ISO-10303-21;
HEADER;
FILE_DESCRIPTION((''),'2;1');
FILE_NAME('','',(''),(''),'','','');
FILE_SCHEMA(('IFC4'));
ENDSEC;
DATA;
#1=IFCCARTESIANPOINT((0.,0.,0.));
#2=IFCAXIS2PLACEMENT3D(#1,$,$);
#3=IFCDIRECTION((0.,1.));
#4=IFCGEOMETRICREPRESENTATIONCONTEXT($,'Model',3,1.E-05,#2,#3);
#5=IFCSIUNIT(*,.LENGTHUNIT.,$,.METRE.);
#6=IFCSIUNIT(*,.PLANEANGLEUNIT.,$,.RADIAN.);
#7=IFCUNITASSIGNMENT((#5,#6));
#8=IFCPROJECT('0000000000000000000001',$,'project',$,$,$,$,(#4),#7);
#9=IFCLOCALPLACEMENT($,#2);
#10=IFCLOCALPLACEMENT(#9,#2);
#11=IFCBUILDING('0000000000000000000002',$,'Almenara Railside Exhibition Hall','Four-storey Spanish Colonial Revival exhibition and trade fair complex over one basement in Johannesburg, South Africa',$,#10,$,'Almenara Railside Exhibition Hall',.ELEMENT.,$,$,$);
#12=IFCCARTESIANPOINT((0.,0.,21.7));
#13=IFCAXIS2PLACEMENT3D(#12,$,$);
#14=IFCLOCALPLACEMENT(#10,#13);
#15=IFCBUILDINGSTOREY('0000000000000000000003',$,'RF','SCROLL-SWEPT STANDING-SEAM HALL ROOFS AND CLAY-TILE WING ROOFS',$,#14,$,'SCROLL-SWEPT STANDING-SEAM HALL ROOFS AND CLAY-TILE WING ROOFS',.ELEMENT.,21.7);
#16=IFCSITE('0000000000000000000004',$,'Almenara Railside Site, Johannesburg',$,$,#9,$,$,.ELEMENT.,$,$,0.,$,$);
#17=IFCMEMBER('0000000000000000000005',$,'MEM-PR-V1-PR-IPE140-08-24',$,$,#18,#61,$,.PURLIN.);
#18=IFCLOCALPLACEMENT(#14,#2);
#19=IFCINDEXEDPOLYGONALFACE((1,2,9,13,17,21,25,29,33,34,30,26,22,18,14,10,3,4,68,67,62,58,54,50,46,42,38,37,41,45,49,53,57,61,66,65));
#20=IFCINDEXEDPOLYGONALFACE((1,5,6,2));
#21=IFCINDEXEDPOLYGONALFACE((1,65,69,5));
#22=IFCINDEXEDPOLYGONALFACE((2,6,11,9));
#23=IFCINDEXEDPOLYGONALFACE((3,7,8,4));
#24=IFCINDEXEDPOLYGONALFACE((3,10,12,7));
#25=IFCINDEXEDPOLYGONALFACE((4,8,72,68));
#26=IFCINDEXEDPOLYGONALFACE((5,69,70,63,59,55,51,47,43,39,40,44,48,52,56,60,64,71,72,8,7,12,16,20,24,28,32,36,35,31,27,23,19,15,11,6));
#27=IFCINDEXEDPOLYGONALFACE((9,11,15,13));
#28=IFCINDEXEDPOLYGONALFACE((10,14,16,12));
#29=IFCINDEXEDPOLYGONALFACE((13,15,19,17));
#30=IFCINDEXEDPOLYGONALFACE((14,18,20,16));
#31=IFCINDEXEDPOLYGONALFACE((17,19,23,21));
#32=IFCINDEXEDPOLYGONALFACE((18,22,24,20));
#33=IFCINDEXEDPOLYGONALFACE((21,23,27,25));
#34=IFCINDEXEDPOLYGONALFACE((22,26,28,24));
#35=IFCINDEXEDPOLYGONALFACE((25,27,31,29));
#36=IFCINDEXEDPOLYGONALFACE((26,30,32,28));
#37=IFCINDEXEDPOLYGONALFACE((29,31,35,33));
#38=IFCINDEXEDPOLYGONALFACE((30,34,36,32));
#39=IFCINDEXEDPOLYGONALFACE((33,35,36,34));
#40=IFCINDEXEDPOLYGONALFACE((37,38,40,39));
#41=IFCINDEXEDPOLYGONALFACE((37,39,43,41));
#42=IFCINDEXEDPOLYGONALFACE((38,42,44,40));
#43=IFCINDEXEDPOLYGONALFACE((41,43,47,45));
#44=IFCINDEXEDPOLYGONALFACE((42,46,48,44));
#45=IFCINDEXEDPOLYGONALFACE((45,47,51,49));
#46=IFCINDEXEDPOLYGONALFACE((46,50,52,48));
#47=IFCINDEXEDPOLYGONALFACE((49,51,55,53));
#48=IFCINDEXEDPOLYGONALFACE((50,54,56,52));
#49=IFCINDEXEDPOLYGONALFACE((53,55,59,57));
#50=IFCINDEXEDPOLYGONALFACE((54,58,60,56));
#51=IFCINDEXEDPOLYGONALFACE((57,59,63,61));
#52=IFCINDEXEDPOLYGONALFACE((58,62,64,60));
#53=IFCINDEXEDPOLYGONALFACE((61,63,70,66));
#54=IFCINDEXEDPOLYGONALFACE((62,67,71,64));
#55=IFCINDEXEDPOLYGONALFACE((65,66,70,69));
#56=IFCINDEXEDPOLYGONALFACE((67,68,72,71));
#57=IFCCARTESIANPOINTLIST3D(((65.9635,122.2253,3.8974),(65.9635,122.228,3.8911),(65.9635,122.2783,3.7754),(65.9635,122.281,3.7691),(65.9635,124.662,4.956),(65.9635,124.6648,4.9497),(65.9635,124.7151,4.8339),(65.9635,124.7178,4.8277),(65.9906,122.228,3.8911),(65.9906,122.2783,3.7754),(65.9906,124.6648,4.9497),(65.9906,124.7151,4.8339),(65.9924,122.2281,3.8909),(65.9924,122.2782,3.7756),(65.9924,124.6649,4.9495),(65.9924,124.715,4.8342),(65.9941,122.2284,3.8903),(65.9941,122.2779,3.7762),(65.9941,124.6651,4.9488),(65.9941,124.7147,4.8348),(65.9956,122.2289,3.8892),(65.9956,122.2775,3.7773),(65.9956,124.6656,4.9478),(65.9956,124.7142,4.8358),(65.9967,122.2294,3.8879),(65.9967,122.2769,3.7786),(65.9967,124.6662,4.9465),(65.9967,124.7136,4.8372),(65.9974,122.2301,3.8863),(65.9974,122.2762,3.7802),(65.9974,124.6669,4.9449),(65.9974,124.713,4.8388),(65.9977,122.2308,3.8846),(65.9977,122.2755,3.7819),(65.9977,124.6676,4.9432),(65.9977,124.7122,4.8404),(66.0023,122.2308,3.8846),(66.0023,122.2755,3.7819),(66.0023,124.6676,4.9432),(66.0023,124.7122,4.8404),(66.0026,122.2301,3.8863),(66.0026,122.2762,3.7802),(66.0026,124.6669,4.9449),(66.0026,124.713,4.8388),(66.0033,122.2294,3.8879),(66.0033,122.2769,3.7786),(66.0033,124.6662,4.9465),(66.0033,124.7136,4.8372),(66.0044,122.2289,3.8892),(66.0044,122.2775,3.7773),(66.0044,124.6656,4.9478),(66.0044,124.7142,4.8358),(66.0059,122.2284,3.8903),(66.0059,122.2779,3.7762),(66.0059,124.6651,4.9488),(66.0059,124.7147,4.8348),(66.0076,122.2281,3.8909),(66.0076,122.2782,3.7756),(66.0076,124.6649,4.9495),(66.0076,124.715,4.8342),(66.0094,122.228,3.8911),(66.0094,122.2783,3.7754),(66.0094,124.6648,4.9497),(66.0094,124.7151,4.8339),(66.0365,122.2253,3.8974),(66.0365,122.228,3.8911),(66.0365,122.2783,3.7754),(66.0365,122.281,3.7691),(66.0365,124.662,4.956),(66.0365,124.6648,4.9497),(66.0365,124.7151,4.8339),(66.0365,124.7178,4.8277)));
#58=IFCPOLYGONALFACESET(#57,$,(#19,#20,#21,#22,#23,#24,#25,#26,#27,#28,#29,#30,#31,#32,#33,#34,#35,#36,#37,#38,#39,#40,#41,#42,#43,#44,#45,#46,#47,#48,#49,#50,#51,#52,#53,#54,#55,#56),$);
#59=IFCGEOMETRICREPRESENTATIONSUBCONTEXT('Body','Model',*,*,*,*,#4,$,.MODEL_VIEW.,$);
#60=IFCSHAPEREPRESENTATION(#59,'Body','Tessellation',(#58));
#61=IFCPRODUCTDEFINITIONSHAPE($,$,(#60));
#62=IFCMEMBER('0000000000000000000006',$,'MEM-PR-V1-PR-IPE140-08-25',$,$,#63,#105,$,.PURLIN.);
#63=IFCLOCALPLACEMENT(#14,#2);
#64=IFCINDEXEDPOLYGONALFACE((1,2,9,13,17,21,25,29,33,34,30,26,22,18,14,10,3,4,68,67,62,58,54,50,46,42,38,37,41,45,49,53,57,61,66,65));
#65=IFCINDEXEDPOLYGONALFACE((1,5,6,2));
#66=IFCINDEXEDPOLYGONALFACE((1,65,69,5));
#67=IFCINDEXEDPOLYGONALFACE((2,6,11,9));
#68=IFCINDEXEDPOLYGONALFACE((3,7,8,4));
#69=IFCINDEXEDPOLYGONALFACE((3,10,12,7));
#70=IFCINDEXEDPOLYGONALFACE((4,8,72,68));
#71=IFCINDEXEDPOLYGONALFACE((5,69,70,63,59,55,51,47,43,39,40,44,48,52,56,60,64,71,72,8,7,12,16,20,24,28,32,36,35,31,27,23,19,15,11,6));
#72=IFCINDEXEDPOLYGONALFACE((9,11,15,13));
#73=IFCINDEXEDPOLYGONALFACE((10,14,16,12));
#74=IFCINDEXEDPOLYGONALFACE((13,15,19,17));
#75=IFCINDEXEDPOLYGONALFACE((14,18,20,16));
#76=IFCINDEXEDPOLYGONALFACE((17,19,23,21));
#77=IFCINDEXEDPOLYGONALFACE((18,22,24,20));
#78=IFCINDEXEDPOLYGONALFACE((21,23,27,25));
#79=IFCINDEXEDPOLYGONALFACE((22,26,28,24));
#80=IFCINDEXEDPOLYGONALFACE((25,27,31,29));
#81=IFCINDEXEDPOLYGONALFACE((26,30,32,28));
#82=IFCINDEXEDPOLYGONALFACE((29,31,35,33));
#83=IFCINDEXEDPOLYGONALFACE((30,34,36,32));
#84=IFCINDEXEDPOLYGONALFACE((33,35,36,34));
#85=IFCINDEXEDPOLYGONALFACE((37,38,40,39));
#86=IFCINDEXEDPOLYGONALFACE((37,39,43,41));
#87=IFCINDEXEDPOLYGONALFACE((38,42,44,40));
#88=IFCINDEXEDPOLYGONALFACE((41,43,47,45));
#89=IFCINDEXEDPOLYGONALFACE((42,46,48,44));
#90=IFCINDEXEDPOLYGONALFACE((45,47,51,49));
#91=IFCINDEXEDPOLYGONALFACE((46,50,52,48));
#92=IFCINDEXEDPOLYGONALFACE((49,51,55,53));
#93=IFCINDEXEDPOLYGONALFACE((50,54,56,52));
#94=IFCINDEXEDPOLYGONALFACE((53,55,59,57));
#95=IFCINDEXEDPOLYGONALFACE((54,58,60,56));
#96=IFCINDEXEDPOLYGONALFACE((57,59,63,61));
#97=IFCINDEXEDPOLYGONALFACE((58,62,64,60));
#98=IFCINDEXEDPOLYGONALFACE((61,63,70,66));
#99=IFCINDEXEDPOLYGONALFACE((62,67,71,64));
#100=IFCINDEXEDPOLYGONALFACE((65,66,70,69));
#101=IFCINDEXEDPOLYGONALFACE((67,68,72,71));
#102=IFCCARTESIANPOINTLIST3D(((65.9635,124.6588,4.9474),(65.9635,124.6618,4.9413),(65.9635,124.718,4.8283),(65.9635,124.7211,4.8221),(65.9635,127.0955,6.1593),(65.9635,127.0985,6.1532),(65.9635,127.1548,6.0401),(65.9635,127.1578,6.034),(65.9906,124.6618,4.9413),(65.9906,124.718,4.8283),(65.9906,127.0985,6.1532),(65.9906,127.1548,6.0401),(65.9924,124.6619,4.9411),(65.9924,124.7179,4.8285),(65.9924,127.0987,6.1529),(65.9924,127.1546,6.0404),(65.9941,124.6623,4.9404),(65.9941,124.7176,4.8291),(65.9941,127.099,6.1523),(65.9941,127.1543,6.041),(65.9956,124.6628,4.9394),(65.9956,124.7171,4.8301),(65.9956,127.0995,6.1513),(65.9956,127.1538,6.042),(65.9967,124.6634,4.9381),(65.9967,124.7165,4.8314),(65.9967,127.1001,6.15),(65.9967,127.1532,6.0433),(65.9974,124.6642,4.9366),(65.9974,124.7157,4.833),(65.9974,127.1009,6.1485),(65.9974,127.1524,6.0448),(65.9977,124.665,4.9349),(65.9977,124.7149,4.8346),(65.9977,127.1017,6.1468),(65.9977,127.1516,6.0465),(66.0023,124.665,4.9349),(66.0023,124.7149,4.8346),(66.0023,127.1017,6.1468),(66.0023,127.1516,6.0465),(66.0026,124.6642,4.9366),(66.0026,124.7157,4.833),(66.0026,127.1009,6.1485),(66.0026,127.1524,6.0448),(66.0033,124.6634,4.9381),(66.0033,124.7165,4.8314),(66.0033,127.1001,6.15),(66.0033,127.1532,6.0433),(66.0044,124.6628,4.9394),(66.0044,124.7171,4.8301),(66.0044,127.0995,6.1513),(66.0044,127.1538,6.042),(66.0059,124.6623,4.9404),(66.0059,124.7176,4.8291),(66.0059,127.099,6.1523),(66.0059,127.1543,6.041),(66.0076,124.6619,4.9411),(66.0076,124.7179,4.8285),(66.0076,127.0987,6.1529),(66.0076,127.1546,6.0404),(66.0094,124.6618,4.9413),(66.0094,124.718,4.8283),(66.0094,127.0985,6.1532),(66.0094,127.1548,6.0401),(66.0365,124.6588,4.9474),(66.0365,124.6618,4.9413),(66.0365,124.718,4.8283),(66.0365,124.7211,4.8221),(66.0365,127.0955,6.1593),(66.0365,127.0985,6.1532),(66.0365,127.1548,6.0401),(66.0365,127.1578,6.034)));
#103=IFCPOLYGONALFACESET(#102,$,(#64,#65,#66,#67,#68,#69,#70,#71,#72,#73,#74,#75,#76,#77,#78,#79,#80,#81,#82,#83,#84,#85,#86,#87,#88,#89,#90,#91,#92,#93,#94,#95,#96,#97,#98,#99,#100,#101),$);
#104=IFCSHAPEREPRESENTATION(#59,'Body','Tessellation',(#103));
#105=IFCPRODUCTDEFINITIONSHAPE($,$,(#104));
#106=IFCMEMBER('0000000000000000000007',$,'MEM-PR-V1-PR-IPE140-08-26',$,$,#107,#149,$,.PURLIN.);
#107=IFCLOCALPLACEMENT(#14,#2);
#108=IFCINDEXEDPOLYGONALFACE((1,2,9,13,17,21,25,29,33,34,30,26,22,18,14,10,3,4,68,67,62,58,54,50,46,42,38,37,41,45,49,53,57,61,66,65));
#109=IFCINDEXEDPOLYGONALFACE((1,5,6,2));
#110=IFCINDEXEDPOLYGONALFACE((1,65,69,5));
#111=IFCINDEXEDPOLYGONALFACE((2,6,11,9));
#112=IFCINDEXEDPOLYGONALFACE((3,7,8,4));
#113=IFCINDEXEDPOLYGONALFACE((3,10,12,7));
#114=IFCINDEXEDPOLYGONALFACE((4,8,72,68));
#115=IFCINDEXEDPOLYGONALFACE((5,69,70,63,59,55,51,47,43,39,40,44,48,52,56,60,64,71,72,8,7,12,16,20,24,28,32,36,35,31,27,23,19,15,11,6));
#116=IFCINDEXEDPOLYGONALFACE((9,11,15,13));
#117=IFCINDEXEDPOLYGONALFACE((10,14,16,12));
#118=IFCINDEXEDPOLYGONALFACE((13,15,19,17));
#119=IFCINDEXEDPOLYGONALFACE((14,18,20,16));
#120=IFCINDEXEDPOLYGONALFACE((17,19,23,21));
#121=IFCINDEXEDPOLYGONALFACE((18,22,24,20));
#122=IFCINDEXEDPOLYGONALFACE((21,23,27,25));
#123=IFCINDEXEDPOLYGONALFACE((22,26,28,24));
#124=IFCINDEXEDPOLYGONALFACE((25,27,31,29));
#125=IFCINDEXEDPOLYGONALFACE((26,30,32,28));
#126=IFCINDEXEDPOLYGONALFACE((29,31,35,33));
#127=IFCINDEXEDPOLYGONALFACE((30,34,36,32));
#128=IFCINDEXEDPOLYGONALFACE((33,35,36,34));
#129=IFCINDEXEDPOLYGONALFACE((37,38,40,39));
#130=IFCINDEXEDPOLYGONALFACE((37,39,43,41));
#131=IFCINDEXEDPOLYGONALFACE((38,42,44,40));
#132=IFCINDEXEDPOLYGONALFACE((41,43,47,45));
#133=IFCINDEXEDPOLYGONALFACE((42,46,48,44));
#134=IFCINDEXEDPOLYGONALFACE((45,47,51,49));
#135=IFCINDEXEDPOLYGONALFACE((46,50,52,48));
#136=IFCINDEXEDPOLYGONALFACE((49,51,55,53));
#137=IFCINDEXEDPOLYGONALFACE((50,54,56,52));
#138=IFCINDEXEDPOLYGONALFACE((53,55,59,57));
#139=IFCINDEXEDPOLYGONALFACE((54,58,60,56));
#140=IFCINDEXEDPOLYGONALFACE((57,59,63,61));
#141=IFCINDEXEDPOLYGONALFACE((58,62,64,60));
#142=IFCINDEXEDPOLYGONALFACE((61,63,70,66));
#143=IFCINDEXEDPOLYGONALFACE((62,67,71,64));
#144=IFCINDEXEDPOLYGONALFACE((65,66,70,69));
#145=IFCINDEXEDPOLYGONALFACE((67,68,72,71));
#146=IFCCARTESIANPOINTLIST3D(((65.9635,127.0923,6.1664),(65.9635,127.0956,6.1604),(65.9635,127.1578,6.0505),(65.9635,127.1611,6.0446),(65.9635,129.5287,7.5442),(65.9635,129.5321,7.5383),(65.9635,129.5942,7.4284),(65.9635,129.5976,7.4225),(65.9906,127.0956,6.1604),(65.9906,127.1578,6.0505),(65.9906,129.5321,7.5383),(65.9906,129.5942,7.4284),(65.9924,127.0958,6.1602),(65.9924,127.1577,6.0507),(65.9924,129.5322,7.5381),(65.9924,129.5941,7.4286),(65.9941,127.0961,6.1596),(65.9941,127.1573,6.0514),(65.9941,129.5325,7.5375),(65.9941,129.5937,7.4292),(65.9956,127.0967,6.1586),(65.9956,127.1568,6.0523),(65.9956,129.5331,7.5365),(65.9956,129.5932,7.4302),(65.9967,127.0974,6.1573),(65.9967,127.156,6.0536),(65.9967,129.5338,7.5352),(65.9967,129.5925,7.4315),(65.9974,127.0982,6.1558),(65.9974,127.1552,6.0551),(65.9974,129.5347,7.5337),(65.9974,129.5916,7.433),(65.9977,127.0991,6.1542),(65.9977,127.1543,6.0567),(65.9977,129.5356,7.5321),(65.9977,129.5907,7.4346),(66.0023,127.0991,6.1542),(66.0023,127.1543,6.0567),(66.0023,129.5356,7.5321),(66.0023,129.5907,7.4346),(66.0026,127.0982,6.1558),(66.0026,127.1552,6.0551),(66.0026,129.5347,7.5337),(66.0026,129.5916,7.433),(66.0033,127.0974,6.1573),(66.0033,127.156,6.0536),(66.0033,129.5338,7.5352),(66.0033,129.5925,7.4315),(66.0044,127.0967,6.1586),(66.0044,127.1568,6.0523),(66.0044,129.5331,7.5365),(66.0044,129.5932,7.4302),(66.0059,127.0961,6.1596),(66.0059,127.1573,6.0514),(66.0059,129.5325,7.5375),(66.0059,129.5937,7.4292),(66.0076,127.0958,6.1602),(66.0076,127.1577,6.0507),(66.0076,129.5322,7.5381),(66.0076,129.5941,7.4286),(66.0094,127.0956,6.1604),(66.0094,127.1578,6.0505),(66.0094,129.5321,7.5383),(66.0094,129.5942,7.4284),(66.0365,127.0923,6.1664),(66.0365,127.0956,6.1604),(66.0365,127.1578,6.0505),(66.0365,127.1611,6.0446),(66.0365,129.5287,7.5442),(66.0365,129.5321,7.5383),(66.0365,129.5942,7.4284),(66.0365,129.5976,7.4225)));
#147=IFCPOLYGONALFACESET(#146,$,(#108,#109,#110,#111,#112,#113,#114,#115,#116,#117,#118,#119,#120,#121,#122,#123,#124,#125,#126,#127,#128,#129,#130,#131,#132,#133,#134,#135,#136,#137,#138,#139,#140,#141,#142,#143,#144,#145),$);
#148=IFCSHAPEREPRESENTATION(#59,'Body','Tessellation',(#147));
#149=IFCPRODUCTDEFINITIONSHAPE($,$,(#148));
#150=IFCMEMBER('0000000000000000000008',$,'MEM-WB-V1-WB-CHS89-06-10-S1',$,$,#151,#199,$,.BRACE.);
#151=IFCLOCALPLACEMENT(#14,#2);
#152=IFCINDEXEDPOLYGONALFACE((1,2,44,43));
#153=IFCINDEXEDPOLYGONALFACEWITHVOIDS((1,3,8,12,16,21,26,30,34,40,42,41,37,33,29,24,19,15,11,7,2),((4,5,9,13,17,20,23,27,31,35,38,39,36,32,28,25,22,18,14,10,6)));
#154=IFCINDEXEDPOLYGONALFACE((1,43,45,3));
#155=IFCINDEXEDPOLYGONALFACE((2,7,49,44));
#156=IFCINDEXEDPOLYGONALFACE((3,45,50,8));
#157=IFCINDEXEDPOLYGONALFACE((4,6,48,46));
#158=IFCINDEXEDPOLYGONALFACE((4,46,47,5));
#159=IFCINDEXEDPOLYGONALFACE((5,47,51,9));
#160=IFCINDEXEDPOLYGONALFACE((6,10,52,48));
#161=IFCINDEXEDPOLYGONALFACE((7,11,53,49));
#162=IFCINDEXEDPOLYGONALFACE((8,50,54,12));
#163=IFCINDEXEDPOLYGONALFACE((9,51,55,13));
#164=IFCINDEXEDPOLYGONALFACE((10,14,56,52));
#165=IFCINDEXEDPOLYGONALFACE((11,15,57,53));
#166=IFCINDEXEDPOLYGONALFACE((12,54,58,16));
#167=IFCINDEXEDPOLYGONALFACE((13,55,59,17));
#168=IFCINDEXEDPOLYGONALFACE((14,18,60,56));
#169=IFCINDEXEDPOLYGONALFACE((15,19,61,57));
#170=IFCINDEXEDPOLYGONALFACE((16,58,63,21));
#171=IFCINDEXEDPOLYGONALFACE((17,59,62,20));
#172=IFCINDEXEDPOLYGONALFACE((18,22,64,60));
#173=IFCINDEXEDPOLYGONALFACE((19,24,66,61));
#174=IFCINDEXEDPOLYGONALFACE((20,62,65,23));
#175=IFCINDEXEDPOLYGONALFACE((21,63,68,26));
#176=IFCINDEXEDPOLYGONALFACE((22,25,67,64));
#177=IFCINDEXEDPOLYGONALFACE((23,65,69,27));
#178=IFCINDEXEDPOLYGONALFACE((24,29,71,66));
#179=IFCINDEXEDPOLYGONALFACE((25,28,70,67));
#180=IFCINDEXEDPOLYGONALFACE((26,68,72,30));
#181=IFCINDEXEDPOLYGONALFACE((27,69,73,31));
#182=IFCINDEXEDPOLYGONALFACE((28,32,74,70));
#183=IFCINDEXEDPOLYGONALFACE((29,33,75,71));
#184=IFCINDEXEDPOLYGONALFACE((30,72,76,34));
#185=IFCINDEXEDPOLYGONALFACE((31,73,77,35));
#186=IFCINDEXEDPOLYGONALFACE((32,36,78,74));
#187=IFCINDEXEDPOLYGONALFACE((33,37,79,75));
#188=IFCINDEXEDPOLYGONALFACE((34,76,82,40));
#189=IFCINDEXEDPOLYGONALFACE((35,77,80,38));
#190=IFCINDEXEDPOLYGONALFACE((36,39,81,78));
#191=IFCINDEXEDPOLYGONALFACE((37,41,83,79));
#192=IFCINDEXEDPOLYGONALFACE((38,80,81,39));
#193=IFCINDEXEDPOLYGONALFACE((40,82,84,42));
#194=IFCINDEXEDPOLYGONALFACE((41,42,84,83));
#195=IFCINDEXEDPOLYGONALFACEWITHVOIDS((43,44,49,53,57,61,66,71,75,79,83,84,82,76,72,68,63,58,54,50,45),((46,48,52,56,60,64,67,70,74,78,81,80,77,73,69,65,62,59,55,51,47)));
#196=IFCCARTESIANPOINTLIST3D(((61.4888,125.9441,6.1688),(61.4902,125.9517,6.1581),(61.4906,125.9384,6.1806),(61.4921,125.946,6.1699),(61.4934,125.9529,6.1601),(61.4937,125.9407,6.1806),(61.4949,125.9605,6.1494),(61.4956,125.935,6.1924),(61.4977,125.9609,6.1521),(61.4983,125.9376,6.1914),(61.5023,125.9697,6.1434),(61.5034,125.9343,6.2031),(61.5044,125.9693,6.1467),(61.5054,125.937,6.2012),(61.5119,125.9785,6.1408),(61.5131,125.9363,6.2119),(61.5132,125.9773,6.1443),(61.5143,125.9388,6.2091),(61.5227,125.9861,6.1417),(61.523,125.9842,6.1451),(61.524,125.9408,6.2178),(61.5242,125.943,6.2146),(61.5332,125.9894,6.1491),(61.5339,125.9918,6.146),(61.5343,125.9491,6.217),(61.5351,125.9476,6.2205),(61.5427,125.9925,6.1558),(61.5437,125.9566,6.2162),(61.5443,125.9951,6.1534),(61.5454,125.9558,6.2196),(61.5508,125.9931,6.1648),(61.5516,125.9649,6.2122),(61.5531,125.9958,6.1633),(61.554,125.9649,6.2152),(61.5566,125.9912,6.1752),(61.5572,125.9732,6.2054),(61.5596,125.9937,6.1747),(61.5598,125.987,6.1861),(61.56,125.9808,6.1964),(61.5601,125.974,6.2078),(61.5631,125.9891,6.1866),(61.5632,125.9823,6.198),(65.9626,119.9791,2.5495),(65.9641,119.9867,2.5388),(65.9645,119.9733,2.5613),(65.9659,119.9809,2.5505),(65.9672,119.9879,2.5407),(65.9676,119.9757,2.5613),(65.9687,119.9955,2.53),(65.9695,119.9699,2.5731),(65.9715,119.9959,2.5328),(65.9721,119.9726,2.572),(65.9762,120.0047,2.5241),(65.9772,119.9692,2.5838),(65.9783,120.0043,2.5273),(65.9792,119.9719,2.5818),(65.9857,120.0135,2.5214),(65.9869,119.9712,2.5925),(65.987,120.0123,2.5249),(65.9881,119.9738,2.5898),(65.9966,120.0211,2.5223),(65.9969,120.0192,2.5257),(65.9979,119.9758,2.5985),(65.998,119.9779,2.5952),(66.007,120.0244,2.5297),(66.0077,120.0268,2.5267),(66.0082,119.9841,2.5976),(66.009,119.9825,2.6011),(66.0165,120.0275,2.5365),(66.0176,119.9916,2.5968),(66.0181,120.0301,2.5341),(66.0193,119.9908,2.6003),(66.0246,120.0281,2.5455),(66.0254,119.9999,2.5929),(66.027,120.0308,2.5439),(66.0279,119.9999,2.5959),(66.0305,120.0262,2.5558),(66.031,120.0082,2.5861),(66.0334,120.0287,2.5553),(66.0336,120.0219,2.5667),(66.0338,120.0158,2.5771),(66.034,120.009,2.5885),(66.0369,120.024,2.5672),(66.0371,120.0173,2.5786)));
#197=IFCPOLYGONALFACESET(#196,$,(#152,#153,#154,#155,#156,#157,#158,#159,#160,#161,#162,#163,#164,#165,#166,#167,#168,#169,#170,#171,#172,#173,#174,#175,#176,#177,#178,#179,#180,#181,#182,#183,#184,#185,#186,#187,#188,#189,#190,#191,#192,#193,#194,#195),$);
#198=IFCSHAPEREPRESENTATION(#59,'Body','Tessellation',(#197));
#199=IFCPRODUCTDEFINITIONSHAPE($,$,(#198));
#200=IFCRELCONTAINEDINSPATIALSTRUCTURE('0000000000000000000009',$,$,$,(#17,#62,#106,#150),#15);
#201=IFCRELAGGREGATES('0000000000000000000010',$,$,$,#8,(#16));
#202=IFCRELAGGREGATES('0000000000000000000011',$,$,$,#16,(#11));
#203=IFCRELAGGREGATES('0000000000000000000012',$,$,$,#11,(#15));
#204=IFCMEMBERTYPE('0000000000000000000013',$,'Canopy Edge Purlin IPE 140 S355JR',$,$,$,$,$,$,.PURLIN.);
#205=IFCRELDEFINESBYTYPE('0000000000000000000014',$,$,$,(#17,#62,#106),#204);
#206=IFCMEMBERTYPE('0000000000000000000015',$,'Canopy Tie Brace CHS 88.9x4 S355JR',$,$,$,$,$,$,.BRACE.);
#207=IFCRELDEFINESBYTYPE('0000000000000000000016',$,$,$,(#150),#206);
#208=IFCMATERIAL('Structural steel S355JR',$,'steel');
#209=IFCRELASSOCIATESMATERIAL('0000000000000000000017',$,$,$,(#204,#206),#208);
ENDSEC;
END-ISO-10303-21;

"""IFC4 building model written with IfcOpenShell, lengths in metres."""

from ifc_helpers import new_model, si_unit, direction, frame, origin, origin_2d, place, context, subcontext, project, spatial, hollow_circle, i_section, extrude, material, material_profile, profile_set, type_object, element, save


model = new_model("IFC4")

# Units and contexts
model_context = context("Model", 3, precision=1e-05, world=origin(), true_north=direction((0.0, 1.0)))
body_context = subcontext(model_context, "Body", "Model", "MODEL_VIEW")
ifc_project = project(units=[si_unit("LENGTHUNIT", "METRE"), si_unit("PLANEANGLEUNIT", "RADIAN")], contexts=[model_context])

# Site, building, storey
site_placement = place(None, origin())
site = spatial("IfcSite", under=ifc_project, at=site_placement, Name="Almenara Railside Site, Johannesburg", CompositionType="ELEMENT", RefElevation=0.0)
building_placement = place(site_placement, origin())
building = spatial("IfcBuilding", under=site, at=building_placement, Name="Almenara Railside Exhibition Hall", Description="Four-storey Spanish Colonial Revival exhibition and trade fair complex over one basement in Johannesburg, South Africa", LongName="Almenara Railside Exhibition Hall", CompositionType="ELEMENT")
storey_placement = place(building_placement, frame((0.0, 0.0, 21.7)))
storey = spatial("IfcBuildingStorey", under=building, at=storey_placement, Name="RF", Description="SCROLL-SWEPT STANDING-SEAM HALL ROOFS AND CLAY-TILE WING ROOFS", LongName="SCROLL-SWEPT STANDING-SEAM HALL ROOFS AND CLAY-TILE WING ROOFS", CompositionType="ELEMENT", Elevation=21.7)

# Members
ifc_material_1 = material(Name="Structural steel S355JR", Category="steel")
ifc_material_profile_1 = material_profile(ifc_material_1, i_section(OverallWidth=0.073, OverallDepth=0.1399, WebThickness=0.0046, FlangeThickness=0.0068, FilletRadius=0.0071, at=origin_2d()), Name="IPE 140")
ifc_profile_set_1 = profile_set([ifc_material_profile_1], Name="Structural steel S355JR")
member_type_1 = type_object("IfcMemberType", Name="Canopy Edge Purlin IPE 140 S355JR", PredefinedType="PURLIN", material=ifc_profile_set_1)
member_1_placement = place(storey_placement, frame((66.0, 122.2532, 3.8333), z_axis=(0.0, 0.91719, 0.398451), x_axis=(-1.0, 0.0, 0.0)))
element("IfcMember", 1, at=member_1_placement, inside=storey, type_object=member_type_1, Name="MEM-PR-V1-PR-IPE140-08-24", PredefinedType="PURLIN", context=body_context, shape_type="SweptSolid", body=[
    extrude(i_section(OverallWidth=0.073, OverallDepth=0.1399, WebThickness=0.0046, FlangeThickness=0.0068, FilletRadius=0.0071, at=origin_2d()), origin(), (0.0, 0.0, 1.0), 2.6567),
])
member_2_placement = place(storey_placement, frame((66.0, 124.6899, 4.8848), z_axis=(0.0, 0.895376, 0.445311), x_axis=(-1.0, 0.0, 0.0)))
element("IfcMember", 2, at=member_2_placement, inside=storey, type_object=member_type_1, Name="MEM-PR-V1-PR-IPE140-08-25", PredefinedType="PURLIN", context=body_context, shape_type="SweptSolid", body=[
    extrude(i_section(OverallWidth=0.073, OverallDepth=0.1399, WebThickness=0.0046, FlangeThickness=0.0068, FilletRadius=0.0071, at=origin_2d()), origin(), (0.0, 0.0, 1.0), 2.7214),
])
member_3_placement = place(storey_placement, frame((66.0, 127.1267, 6.1055), z_axis=(0.0, 0.870446, 0.492264), x_axis=(-1.0, 0.0, 0.0)))
element("IfcMember", 3, at=member_3_placement, inside=storey, type_object=member_type_1, Name="MEM-PR-V1-PR-IPE140-08-26", PredefinedType="PURLIN", context=body_context, shape_type="SweptSolid", body=[
    extrude(i_section(OverallWidth=0.073, OverallDepth=0.1399, WebThickness=0.0046, FlangeThickness=0.0068, FilletRadius=0.0071, at=origin_2d()), origin(), (0.0, 0.0, 1.0), 2.7991),
])
ifc_material_profile_2 = material_profile(ifc_material_1, hollow_circle(Radius=0.0444, WallThickness=0.0039, at=origin_2d()), Name="CHS 88.9x4")
ifc_profile_set_2 = profile_set([ifc_material_profile_2], Name="Structural steel S355JR")
member_type_2 = type_object("IfcMemberType", Name="Canopy Tie Brace CHS 88.9x4 S355JR", PredefinedType="BRACE", material=ifc_profile_set_2)
member_4_placement = place(storey_placement, frame((66.0, 120.0, 2.5613), z_axis=(-0.539775, 0.71969, 0.43668), x_axis=(-0.799996, -0.600005, 0.0)))
element("IfcMember", 4, at=member_4_placement, inside=storey, type_object=member_type_2, Name="MEM-WB-V1-WB-CHS89-06-10-S1", PredefinedType="BRACE", context=body_context, shape_type="SweptSolid", body=[
    extrude(hollow_circle(Radius=0.0444, WallThickness=0.0039, at=origin_2d()), origin(), (0.0, 0.0, 1.0), 8.2883),
])

save(model, "model.ifc")
